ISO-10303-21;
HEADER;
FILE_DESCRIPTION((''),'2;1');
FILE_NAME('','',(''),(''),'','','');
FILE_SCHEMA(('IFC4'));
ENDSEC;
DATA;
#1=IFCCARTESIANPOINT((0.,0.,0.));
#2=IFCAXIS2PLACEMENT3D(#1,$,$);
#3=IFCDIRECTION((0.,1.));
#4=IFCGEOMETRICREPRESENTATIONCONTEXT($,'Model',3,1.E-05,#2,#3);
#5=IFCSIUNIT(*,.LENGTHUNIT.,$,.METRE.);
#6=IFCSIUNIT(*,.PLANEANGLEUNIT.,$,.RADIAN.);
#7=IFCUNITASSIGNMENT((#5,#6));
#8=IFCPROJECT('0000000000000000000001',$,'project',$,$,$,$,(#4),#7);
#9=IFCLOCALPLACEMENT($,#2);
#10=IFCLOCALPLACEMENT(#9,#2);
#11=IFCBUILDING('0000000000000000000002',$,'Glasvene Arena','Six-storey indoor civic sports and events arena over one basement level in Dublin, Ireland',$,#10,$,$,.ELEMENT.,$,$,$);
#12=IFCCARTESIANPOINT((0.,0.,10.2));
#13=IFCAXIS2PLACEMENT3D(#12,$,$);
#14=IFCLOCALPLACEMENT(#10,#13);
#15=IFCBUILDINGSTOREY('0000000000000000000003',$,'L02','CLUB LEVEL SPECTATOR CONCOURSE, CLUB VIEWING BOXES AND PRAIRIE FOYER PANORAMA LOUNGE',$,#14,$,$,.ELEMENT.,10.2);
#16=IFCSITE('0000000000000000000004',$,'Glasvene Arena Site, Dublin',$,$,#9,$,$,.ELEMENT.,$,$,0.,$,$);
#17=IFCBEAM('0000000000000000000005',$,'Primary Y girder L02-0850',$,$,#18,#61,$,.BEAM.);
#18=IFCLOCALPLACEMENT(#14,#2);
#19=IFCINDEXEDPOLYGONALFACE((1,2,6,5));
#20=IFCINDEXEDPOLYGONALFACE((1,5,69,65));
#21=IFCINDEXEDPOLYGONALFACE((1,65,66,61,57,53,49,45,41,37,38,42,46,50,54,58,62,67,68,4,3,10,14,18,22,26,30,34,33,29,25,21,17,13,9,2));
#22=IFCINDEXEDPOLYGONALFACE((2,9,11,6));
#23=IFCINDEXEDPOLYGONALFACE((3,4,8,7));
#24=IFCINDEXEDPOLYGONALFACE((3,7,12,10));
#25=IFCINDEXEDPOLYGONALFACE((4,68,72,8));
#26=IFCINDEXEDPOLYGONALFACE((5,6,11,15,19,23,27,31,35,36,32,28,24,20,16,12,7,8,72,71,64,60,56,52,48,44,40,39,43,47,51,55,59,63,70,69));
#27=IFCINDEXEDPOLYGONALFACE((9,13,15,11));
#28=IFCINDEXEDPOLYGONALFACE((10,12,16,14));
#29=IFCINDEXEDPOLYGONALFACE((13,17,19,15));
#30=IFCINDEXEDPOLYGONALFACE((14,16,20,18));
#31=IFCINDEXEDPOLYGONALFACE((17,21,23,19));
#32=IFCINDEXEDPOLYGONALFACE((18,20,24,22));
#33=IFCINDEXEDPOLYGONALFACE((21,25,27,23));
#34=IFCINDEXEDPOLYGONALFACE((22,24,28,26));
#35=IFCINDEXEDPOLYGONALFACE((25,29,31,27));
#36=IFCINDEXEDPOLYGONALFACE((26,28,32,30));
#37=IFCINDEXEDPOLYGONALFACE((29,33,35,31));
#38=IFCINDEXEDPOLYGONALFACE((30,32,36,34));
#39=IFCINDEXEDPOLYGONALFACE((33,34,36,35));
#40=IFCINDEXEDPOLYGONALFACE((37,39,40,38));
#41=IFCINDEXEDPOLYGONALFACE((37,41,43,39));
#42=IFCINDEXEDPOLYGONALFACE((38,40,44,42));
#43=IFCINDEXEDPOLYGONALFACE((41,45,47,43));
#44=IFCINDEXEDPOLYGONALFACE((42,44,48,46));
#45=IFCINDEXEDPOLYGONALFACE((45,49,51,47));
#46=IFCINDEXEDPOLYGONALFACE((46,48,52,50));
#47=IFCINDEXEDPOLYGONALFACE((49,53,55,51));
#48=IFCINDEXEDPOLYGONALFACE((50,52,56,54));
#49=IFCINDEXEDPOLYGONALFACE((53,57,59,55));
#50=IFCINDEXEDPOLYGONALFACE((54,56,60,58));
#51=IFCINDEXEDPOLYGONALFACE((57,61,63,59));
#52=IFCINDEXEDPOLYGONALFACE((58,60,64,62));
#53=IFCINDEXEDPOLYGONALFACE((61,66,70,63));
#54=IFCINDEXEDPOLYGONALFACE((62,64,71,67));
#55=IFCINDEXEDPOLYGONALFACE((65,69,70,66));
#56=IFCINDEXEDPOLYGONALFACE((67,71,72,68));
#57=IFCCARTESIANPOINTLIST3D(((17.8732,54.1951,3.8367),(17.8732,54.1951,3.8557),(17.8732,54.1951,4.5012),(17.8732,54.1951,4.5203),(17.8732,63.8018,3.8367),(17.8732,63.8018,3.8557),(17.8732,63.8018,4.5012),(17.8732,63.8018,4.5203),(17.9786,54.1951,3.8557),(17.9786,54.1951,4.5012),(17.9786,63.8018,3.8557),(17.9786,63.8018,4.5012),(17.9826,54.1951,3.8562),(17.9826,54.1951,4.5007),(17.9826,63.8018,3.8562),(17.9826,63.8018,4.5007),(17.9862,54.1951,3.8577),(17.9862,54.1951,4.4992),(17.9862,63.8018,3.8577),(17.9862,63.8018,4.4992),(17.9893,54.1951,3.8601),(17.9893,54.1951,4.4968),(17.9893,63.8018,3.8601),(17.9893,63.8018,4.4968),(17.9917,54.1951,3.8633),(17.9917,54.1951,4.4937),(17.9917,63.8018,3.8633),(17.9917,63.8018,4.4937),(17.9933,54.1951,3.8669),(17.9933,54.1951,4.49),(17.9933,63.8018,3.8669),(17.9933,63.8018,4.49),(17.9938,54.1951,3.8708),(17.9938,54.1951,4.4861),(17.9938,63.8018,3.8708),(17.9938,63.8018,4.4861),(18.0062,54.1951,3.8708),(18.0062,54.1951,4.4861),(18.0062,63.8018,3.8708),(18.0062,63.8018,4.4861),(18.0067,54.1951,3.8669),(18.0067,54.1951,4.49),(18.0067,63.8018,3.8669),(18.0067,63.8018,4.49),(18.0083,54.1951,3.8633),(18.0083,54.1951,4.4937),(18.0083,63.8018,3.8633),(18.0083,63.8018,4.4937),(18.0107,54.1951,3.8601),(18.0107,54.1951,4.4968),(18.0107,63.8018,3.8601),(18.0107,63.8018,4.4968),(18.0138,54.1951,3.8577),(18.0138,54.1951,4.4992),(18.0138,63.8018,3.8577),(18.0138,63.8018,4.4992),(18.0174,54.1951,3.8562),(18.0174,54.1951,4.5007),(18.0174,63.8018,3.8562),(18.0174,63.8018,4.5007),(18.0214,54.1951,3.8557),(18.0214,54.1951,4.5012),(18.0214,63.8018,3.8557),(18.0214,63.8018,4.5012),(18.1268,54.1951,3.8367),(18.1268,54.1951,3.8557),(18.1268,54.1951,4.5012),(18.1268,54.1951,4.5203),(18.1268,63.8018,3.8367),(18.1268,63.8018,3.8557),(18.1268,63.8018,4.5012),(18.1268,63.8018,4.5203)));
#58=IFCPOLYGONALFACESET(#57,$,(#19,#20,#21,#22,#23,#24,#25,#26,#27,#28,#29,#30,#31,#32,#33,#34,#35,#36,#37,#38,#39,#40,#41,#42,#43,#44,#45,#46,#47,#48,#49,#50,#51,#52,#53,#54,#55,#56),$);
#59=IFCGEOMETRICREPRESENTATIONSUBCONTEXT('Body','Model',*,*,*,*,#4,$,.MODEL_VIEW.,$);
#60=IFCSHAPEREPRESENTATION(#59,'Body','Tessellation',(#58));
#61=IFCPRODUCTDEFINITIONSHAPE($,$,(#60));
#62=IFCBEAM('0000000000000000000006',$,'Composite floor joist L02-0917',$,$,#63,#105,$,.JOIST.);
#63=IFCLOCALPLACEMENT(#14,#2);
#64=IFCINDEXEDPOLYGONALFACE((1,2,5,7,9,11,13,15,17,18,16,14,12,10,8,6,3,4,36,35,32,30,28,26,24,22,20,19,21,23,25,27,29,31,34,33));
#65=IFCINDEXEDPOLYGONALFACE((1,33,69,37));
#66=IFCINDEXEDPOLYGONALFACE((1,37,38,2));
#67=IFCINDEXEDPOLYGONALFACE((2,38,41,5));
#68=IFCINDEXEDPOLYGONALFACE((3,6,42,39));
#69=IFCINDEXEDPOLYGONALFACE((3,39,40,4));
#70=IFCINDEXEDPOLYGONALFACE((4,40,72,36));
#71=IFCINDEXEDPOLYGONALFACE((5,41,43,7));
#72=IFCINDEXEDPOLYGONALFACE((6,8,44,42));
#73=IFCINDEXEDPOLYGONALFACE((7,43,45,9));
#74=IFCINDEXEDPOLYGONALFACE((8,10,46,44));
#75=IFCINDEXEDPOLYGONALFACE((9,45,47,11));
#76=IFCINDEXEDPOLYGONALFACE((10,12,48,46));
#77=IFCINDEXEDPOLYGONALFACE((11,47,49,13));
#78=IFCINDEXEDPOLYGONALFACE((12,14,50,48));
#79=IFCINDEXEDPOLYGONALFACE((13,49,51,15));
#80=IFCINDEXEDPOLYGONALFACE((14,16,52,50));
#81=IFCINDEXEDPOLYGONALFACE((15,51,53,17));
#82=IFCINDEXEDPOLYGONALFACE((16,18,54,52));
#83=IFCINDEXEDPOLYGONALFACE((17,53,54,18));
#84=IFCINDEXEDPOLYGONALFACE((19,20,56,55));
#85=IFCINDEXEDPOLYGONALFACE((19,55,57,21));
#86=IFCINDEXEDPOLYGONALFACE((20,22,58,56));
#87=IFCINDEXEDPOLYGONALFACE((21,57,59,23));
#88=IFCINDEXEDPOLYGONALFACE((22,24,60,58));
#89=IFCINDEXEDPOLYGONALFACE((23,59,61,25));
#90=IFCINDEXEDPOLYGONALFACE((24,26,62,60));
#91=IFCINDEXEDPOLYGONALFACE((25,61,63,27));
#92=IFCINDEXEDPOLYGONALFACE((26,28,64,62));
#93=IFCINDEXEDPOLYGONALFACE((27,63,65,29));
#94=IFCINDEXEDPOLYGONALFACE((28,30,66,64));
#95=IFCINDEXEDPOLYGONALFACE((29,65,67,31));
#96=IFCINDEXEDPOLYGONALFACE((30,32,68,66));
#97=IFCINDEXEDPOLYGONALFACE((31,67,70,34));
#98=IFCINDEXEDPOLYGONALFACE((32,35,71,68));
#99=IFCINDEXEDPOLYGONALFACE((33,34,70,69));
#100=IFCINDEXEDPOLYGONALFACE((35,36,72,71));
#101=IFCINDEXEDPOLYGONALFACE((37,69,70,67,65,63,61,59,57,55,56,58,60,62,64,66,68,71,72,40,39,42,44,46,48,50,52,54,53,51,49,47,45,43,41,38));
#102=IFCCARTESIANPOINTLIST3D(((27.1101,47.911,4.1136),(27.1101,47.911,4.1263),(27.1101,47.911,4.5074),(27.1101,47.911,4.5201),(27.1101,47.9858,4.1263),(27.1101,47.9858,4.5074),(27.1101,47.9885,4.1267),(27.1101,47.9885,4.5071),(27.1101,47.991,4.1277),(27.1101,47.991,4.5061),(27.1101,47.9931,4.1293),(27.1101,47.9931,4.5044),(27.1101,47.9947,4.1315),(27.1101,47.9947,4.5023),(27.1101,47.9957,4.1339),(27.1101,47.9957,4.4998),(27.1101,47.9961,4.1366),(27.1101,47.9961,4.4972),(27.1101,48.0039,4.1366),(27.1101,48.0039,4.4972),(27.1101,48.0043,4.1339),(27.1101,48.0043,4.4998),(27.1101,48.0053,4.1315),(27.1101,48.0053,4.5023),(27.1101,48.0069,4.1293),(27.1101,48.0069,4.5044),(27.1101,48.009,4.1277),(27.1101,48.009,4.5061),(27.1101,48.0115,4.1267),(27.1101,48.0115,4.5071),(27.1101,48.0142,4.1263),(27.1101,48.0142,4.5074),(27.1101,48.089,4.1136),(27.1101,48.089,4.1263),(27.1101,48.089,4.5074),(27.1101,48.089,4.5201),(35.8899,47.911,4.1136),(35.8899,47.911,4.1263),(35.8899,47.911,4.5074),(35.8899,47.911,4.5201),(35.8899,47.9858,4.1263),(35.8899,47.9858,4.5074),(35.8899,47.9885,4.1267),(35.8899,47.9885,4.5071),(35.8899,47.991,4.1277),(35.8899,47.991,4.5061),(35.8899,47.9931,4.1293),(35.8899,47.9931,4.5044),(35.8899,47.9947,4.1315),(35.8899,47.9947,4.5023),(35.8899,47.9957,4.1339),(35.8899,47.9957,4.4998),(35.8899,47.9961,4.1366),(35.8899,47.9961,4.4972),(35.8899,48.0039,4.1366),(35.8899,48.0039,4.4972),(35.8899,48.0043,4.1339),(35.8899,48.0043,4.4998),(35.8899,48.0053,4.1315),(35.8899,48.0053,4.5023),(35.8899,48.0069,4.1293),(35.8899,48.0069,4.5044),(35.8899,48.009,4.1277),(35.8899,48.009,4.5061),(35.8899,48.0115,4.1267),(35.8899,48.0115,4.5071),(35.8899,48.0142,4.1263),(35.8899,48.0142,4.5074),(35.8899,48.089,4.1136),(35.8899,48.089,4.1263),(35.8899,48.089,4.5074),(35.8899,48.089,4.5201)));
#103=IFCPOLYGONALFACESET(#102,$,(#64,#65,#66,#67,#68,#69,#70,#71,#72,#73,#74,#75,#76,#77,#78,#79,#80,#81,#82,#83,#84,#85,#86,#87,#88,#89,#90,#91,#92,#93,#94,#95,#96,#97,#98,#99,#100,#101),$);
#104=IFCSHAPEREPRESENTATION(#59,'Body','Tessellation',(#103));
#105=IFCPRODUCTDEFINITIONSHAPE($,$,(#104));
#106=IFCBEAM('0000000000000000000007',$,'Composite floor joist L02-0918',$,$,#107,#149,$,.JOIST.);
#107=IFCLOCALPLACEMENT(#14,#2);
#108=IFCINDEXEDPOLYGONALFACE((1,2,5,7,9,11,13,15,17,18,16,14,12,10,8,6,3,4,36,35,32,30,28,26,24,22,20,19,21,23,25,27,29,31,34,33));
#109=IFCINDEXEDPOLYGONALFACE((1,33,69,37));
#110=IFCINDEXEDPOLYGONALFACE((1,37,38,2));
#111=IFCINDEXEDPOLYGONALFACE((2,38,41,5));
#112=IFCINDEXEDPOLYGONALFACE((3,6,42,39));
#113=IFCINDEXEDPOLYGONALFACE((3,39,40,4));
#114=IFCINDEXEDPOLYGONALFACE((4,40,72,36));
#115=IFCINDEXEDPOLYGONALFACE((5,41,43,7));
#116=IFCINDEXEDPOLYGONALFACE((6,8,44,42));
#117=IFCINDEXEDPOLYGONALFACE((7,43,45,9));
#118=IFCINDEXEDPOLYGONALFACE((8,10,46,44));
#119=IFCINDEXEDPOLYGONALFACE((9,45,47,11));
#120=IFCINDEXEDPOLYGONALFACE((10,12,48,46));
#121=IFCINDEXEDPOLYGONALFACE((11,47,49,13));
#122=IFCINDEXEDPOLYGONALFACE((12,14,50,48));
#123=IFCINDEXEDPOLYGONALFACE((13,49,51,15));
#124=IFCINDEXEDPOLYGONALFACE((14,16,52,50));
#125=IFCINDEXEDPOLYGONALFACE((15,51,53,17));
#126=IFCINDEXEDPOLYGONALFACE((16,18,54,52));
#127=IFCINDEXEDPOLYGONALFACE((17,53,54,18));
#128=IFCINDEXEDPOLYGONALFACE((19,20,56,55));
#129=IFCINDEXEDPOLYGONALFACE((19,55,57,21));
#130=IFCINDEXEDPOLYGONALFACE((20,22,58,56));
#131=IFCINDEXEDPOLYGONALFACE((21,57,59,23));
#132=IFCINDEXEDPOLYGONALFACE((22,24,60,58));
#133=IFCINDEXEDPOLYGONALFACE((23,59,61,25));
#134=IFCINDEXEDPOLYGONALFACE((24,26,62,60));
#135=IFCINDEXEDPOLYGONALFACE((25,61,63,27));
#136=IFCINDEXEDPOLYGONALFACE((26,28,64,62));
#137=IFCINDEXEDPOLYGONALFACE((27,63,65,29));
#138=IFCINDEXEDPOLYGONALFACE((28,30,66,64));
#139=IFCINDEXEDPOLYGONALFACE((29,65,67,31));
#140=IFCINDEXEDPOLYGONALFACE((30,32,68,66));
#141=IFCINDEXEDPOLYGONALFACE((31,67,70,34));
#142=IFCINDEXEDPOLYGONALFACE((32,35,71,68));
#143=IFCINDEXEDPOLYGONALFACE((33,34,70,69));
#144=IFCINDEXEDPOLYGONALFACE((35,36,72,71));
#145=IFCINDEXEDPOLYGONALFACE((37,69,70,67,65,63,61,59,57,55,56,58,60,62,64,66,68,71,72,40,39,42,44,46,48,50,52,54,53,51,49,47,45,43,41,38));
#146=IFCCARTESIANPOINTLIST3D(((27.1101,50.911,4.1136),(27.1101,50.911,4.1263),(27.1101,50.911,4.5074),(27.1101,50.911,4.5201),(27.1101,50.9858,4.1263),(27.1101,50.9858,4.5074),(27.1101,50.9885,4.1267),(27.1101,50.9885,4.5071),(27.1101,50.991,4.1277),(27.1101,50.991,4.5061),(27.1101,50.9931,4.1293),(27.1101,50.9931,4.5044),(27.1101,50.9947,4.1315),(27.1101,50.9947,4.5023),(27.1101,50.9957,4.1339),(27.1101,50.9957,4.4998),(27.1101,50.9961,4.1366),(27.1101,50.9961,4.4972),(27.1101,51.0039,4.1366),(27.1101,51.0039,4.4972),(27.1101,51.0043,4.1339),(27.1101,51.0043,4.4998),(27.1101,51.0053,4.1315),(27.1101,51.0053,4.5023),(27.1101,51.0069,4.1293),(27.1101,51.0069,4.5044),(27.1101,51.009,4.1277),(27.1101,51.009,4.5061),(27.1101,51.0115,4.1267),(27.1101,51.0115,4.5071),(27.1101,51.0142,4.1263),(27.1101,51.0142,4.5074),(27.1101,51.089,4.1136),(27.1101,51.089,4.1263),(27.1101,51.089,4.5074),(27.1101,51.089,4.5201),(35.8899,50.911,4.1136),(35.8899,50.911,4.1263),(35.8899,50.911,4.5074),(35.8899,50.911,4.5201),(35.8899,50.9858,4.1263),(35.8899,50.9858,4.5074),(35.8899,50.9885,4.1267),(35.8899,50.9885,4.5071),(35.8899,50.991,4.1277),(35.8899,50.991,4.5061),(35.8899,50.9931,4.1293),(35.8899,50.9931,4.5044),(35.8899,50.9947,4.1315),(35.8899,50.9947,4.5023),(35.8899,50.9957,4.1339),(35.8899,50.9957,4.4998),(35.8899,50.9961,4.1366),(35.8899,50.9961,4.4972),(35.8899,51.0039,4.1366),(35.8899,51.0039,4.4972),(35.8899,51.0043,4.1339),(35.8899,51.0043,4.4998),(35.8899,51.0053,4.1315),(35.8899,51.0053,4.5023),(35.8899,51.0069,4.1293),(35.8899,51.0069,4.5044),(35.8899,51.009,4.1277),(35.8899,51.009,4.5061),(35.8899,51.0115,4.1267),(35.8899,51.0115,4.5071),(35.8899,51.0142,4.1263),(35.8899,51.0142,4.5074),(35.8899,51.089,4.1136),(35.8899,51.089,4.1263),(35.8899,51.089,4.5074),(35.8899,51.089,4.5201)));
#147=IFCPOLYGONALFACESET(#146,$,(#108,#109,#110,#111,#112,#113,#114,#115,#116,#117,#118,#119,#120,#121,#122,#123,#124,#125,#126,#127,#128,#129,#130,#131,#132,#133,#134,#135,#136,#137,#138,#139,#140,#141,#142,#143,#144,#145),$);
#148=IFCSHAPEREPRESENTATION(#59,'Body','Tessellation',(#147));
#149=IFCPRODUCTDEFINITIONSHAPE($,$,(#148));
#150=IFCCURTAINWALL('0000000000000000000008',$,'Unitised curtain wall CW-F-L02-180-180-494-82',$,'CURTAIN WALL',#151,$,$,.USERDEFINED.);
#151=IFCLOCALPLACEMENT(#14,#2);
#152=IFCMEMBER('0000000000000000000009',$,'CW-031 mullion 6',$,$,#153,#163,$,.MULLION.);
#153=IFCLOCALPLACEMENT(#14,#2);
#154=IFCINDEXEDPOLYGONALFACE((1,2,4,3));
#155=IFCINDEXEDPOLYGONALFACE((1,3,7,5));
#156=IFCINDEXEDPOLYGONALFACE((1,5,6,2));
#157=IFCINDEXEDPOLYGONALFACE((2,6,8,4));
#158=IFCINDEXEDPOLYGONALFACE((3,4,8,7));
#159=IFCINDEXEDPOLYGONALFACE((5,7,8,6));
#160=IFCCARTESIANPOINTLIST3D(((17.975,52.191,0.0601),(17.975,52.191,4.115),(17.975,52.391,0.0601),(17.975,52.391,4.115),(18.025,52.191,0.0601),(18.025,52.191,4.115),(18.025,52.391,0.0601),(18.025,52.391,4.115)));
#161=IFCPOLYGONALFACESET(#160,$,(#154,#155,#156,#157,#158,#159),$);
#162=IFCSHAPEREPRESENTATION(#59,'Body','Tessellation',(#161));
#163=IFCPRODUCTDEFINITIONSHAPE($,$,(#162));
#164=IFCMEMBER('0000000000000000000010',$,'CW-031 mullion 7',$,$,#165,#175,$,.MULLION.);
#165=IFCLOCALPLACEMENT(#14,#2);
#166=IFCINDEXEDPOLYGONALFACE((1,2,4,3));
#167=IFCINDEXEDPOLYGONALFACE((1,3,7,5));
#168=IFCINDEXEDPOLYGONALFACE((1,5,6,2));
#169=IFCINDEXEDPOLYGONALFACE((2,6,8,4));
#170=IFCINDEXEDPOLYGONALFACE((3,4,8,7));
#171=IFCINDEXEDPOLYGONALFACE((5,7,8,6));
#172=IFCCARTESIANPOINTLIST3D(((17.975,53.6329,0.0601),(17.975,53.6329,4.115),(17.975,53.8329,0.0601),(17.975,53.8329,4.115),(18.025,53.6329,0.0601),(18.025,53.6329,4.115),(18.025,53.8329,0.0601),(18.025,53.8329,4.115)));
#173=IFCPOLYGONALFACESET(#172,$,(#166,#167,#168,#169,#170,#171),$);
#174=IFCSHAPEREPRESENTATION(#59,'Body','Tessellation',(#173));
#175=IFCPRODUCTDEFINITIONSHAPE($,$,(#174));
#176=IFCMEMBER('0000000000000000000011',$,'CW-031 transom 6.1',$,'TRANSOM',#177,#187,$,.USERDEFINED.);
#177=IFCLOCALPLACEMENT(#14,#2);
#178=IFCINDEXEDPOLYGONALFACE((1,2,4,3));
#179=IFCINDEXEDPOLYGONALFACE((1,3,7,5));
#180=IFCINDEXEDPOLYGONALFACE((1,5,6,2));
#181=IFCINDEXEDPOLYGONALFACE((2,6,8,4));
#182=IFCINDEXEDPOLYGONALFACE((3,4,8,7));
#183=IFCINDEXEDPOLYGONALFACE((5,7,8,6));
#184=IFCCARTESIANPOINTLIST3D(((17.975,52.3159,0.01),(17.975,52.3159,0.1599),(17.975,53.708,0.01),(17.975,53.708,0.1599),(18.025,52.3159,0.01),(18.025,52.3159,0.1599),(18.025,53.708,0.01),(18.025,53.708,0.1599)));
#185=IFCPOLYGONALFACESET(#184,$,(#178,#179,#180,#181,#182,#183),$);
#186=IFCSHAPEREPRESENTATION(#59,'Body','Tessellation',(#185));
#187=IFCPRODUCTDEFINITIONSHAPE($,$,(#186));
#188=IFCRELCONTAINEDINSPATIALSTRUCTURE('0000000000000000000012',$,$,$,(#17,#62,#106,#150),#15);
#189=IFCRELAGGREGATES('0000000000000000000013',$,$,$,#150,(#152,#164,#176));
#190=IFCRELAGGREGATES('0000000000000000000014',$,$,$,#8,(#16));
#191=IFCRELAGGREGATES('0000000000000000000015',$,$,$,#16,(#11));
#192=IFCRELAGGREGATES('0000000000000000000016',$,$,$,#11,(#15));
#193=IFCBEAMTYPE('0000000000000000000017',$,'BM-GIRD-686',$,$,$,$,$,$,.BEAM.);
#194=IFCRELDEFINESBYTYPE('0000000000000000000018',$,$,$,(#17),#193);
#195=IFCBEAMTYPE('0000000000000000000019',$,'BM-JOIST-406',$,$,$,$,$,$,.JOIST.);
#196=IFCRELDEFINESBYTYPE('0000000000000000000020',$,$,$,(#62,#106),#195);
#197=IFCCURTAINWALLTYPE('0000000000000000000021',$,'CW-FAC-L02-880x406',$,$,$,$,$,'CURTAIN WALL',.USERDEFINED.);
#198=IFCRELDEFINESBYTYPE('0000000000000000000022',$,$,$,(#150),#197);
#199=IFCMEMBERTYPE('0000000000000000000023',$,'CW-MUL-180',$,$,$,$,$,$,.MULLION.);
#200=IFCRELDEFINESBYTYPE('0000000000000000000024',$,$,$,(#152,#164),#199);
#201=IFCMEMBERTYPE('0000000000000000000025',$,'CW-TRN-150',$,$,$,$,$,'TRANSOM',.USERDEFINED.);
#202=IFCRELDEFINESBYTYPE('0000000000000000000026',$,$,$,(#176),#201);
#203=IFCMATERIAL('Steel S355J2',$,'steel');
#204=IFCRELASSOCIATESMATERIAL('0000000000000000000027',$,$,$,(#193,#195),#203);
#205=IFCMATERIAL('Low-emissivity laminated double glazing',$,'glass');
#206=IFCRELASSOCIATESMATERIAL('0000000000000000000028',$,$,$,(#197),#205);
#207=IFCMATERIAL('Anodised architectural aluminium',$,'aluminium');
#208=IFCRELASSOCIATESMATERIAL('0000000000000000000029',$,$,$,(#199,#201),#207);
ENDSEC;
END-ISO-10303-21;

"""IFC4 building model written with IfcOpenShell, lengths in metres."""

from ifc_helpers import new_model, si_unit, direction, frame, origin, origin_2d, place, context, subcontext, project, spatial, rectangle, i_section, extrude, material, material_profile, profile_set, type_object, element, aggregate, save


model = new_model("IFC4")

# Units and contexts
model_context = context("Model", 3, precision=1e-05, world=origin(), true_north=direction((0.0, 1.0)))
body_context = subcontext(model_context, "Body", "Model", "MODEL_VIEW")
ifc_project = project(units=[si_unit("LENGTHUNIT", "METRE"), si_unit("PLANEANGLEUNIT", "RADIAN")], contexts=[model_context])

# Site, building, storey
site_placement = place(None, origin())
site = spatial("IfcSite", under=ifc_project, at=site_placement, Name="Glasvene Arena Site, Dublin", CompositionType="ELEMENT", RefElevation=0.0)
building_placement = place(site_placement, origin())
building = spatial("IfcBuilding", under=site, at=building_placement, Name="Glasvene Arena", Description="Six-storey indoor civic sports and events arena over one basement level in Dublin, Ireland", CompositionType="ELEMENT")
storey_placement = place(building_placement, frame((0.0, 0.0, 10.2)))
storey = spatial("IfcBuildingStorey", under=building, at=storey_placement, Name="L02", Description="CLUB LEVEL SPECTATOR CONCOURSE, CLUB VIEWING BOXES AND PRAIRIE FOYER PANORAMA LOUNGE", CompositionType="ELEMENT", Elevation=10.2)

# Shared definitions
ifc_material_1 = material(Name="Steel S355J2", Category="steel")

# Beams
ifc_material_profile_1 = material_profile(ifc_material_1, i_section(OverallWidth=0.2537, OverallDepth=0.6836, WebThickness=0.0125, FlangeThickness=0.019, FilletRadius=0.0151, at=origin_2d()), Name="UKB 686x254x140")
ifc_profile_set_1 = profile_set([ifc_material_profile_1], Name="Steel S355J2")
beam_type_1 = type_object("IfcBeamType", Name="BM-GIRD-686", PredefinedType="BEAM", material=ifc_profile_set_1)
beam_1_placement = place(storey_placement, frame((18.0, 54.1951, 4.1785), z_axis=(0.0, 1.0, 0.0), x_axis=(-1.0, 0.0, 0.0)))
element("IfcBeam", 1, at=beam_1_placement, inside=storey, type_object=beam_type_1, Name="Primary Y girder L02-0850", PredefinedType="BEAM", context=body_context, shape_type="SweptSolid", body=[
    extrude(i_section(OverallWidth=0.2537, OverallDepth=0.6836, WebThickness=0.0125, FlangeThickness=0.019, FilletRadius=0.0151, at=origin_2d()), origin(), (0.0, 0.0, 1.0), 9.6067),
])
ifc_material_profile_2 = material_profile(ifc_material_1, i_section(OverallWidth=0.178, OverallDepth=0.4065, WebThickness=0.0078, FlangeThickness=0.0127, FilletRadius=0.0103, at=origin_2d()), Name="UKB 406x178x60")
ifc_profile_set_2 = profile_set([ifc_material_profile_2], Name="Steel S355J2")
beam_type_2 = type_object("IfcBeamType", Name="BM-JOIST-406", PredefinedType="JOIST", material=ifc_profile_set_2)
for number, where, z_axis, x_axis, name in (
    (2, (27.1101, 48.0, 4.3169), (1.0, 0.0, 0.0), (0.0, 1.0, 0.0), "Composite floor joist L02-0917"),
    (3, (27.1101, 51.0, 4.3169), (1.0, 0.0, 0.0), (0.0, 1.0, 0.0), "Composite floor joist L02-0918"),
):
    element("IfcBeam", number, at=place(storey_placement, frame(where, z_axis=z_axis, x_axis=x_axis)), inside=storey, type_object=beam_type_2, Name=name, PredefinedType="JOIST", context=body_context, shape_type="SweptSolid", body=[
        extrude(i_section(OverallWidth=0.178, OverallDepth=0.4065, WebThickness=0.0078, FlangeThickness=0.0127, FilletRadius=0.0103, at=origin_2d()), origin(), (0.0, 0.0, 1.0), 8.7798),
    ])

# Curtain wall, members
ifc_material_2 = material(Name="Low-emissivity laminated double glazing", Category="glass")
curtain_wall_type = type_object("IfcCurtainWallType", Name="CW-FAC-L02-880x406", ElementType="CURTAIN WALL", PredefinedType="USERDEFINED", material=ifc_material_2)
curtain_wall_placement = place(storey_placement, frame((18.0, 44.9561, 0.0)))
curtain_wall = element("IfcCurtainWall", 4, at=curtain_wall_placement, inside=storey, type_object=curtain_wall_type, Name="Unitised curtain wall CW-F-L02-180-180-494-82", ObjectType="CURTAIN WALL", PredefinedType="USERDEFINED")
ifc_material_3 = material(Name="Anodised architectural aluminium", Category="aluminium")
ifc_material_profile_3 = material_profile(ifc_material_3, rectangle(XDim=0.05, YDim=0.2, at=origin_2d()), Name="ALU MULLION 50x200")
ifc_profile_set_3 = profile_set([ifc_material_profile_3], Name="Anodised architectural aluminium")
member_type_1 = type_object("IfcMemberType", Name="CW-MUL-180", PredefinedType="MULLION", material=ifc_profile_set_3)
member_1_placement = place(storey_placement, frame((18.0, 52.291, 0.0601), z_axis=(0.0, 0.0, 1.0), x_axis=(-1.0, 0.0, 0.0)))
member_1 = element("IfcMember", 5, at=member_1_placement, type_object=member_type_1, Name="CW-031 mullion 6", PredefinedType="MULLION", context=body_context, shape_type="SweptSolid", body=[
    extrude(rectangle(XDim=0.05, YDim=0.2, at=origin_2d()), origin(), (0.0, 0.0, 1.0), 4.0549),
])
member_2_placement = place(storey_placement, frame((18.0, 53.7329, 0.0601), z_axis=(0.0, 0.0, 1.0), x_axis=(-1.0, 0.0, 0.0)))
member_2 = element("IfcMember", 6, at=member_2_placement, type_object=member_type_1, Name="CW-031 mullion 7", PredefinedType="MULLION", context=body_context, shape_type="SweptSolid", body=[
    extrude(rectangle(XDim=0.05, YDim=0.2, at=origin_2d()), origin(), (0.0, 0.0, 1.0), 4.0549),
])
ifc_material_profile_4 = material_profile(ifc_material_3, rectangle(XDim=0.05, YDim=0.1499, at=origin_2d()), Name="ALU TRANSOM 50x150")
ifc_profile_set_4 = profile_set([ifc_material_profile_4], Name="Anodised architectural aluminium")
member_type_2 = type_object("IfcMemberType", Name="CW-TRN-150", ElementType="TRANSOM", PredefinedType="USERDEFINED", material=ifc_profile_set_4)
member_3_placement = place(storey_placement, frame((18.0, 52.3159, 0.085), z_axis=(0.0, 1.0, 0.0), x_axis=(-1.0, 0.0, 0.0)))
member_3 = element("IfcMember", 7, at=member_3_placement, type_object=member_type_2, Name="CW-031 transom 6.1", ObjectType="TRANSOM", PredefinedType="USERDEFINED", context=body_context, shape_type="SweptSolid", body=[
    extrude(rectangle(XDim=0.05, YDim=0.1499, at=origin_2d()), origin(), (0.0, 0.0, 1.0), 1.3921),
])
aggregate(curtain_wall, [member_1, member_2, member_3])

save(model, "model.ifc")
